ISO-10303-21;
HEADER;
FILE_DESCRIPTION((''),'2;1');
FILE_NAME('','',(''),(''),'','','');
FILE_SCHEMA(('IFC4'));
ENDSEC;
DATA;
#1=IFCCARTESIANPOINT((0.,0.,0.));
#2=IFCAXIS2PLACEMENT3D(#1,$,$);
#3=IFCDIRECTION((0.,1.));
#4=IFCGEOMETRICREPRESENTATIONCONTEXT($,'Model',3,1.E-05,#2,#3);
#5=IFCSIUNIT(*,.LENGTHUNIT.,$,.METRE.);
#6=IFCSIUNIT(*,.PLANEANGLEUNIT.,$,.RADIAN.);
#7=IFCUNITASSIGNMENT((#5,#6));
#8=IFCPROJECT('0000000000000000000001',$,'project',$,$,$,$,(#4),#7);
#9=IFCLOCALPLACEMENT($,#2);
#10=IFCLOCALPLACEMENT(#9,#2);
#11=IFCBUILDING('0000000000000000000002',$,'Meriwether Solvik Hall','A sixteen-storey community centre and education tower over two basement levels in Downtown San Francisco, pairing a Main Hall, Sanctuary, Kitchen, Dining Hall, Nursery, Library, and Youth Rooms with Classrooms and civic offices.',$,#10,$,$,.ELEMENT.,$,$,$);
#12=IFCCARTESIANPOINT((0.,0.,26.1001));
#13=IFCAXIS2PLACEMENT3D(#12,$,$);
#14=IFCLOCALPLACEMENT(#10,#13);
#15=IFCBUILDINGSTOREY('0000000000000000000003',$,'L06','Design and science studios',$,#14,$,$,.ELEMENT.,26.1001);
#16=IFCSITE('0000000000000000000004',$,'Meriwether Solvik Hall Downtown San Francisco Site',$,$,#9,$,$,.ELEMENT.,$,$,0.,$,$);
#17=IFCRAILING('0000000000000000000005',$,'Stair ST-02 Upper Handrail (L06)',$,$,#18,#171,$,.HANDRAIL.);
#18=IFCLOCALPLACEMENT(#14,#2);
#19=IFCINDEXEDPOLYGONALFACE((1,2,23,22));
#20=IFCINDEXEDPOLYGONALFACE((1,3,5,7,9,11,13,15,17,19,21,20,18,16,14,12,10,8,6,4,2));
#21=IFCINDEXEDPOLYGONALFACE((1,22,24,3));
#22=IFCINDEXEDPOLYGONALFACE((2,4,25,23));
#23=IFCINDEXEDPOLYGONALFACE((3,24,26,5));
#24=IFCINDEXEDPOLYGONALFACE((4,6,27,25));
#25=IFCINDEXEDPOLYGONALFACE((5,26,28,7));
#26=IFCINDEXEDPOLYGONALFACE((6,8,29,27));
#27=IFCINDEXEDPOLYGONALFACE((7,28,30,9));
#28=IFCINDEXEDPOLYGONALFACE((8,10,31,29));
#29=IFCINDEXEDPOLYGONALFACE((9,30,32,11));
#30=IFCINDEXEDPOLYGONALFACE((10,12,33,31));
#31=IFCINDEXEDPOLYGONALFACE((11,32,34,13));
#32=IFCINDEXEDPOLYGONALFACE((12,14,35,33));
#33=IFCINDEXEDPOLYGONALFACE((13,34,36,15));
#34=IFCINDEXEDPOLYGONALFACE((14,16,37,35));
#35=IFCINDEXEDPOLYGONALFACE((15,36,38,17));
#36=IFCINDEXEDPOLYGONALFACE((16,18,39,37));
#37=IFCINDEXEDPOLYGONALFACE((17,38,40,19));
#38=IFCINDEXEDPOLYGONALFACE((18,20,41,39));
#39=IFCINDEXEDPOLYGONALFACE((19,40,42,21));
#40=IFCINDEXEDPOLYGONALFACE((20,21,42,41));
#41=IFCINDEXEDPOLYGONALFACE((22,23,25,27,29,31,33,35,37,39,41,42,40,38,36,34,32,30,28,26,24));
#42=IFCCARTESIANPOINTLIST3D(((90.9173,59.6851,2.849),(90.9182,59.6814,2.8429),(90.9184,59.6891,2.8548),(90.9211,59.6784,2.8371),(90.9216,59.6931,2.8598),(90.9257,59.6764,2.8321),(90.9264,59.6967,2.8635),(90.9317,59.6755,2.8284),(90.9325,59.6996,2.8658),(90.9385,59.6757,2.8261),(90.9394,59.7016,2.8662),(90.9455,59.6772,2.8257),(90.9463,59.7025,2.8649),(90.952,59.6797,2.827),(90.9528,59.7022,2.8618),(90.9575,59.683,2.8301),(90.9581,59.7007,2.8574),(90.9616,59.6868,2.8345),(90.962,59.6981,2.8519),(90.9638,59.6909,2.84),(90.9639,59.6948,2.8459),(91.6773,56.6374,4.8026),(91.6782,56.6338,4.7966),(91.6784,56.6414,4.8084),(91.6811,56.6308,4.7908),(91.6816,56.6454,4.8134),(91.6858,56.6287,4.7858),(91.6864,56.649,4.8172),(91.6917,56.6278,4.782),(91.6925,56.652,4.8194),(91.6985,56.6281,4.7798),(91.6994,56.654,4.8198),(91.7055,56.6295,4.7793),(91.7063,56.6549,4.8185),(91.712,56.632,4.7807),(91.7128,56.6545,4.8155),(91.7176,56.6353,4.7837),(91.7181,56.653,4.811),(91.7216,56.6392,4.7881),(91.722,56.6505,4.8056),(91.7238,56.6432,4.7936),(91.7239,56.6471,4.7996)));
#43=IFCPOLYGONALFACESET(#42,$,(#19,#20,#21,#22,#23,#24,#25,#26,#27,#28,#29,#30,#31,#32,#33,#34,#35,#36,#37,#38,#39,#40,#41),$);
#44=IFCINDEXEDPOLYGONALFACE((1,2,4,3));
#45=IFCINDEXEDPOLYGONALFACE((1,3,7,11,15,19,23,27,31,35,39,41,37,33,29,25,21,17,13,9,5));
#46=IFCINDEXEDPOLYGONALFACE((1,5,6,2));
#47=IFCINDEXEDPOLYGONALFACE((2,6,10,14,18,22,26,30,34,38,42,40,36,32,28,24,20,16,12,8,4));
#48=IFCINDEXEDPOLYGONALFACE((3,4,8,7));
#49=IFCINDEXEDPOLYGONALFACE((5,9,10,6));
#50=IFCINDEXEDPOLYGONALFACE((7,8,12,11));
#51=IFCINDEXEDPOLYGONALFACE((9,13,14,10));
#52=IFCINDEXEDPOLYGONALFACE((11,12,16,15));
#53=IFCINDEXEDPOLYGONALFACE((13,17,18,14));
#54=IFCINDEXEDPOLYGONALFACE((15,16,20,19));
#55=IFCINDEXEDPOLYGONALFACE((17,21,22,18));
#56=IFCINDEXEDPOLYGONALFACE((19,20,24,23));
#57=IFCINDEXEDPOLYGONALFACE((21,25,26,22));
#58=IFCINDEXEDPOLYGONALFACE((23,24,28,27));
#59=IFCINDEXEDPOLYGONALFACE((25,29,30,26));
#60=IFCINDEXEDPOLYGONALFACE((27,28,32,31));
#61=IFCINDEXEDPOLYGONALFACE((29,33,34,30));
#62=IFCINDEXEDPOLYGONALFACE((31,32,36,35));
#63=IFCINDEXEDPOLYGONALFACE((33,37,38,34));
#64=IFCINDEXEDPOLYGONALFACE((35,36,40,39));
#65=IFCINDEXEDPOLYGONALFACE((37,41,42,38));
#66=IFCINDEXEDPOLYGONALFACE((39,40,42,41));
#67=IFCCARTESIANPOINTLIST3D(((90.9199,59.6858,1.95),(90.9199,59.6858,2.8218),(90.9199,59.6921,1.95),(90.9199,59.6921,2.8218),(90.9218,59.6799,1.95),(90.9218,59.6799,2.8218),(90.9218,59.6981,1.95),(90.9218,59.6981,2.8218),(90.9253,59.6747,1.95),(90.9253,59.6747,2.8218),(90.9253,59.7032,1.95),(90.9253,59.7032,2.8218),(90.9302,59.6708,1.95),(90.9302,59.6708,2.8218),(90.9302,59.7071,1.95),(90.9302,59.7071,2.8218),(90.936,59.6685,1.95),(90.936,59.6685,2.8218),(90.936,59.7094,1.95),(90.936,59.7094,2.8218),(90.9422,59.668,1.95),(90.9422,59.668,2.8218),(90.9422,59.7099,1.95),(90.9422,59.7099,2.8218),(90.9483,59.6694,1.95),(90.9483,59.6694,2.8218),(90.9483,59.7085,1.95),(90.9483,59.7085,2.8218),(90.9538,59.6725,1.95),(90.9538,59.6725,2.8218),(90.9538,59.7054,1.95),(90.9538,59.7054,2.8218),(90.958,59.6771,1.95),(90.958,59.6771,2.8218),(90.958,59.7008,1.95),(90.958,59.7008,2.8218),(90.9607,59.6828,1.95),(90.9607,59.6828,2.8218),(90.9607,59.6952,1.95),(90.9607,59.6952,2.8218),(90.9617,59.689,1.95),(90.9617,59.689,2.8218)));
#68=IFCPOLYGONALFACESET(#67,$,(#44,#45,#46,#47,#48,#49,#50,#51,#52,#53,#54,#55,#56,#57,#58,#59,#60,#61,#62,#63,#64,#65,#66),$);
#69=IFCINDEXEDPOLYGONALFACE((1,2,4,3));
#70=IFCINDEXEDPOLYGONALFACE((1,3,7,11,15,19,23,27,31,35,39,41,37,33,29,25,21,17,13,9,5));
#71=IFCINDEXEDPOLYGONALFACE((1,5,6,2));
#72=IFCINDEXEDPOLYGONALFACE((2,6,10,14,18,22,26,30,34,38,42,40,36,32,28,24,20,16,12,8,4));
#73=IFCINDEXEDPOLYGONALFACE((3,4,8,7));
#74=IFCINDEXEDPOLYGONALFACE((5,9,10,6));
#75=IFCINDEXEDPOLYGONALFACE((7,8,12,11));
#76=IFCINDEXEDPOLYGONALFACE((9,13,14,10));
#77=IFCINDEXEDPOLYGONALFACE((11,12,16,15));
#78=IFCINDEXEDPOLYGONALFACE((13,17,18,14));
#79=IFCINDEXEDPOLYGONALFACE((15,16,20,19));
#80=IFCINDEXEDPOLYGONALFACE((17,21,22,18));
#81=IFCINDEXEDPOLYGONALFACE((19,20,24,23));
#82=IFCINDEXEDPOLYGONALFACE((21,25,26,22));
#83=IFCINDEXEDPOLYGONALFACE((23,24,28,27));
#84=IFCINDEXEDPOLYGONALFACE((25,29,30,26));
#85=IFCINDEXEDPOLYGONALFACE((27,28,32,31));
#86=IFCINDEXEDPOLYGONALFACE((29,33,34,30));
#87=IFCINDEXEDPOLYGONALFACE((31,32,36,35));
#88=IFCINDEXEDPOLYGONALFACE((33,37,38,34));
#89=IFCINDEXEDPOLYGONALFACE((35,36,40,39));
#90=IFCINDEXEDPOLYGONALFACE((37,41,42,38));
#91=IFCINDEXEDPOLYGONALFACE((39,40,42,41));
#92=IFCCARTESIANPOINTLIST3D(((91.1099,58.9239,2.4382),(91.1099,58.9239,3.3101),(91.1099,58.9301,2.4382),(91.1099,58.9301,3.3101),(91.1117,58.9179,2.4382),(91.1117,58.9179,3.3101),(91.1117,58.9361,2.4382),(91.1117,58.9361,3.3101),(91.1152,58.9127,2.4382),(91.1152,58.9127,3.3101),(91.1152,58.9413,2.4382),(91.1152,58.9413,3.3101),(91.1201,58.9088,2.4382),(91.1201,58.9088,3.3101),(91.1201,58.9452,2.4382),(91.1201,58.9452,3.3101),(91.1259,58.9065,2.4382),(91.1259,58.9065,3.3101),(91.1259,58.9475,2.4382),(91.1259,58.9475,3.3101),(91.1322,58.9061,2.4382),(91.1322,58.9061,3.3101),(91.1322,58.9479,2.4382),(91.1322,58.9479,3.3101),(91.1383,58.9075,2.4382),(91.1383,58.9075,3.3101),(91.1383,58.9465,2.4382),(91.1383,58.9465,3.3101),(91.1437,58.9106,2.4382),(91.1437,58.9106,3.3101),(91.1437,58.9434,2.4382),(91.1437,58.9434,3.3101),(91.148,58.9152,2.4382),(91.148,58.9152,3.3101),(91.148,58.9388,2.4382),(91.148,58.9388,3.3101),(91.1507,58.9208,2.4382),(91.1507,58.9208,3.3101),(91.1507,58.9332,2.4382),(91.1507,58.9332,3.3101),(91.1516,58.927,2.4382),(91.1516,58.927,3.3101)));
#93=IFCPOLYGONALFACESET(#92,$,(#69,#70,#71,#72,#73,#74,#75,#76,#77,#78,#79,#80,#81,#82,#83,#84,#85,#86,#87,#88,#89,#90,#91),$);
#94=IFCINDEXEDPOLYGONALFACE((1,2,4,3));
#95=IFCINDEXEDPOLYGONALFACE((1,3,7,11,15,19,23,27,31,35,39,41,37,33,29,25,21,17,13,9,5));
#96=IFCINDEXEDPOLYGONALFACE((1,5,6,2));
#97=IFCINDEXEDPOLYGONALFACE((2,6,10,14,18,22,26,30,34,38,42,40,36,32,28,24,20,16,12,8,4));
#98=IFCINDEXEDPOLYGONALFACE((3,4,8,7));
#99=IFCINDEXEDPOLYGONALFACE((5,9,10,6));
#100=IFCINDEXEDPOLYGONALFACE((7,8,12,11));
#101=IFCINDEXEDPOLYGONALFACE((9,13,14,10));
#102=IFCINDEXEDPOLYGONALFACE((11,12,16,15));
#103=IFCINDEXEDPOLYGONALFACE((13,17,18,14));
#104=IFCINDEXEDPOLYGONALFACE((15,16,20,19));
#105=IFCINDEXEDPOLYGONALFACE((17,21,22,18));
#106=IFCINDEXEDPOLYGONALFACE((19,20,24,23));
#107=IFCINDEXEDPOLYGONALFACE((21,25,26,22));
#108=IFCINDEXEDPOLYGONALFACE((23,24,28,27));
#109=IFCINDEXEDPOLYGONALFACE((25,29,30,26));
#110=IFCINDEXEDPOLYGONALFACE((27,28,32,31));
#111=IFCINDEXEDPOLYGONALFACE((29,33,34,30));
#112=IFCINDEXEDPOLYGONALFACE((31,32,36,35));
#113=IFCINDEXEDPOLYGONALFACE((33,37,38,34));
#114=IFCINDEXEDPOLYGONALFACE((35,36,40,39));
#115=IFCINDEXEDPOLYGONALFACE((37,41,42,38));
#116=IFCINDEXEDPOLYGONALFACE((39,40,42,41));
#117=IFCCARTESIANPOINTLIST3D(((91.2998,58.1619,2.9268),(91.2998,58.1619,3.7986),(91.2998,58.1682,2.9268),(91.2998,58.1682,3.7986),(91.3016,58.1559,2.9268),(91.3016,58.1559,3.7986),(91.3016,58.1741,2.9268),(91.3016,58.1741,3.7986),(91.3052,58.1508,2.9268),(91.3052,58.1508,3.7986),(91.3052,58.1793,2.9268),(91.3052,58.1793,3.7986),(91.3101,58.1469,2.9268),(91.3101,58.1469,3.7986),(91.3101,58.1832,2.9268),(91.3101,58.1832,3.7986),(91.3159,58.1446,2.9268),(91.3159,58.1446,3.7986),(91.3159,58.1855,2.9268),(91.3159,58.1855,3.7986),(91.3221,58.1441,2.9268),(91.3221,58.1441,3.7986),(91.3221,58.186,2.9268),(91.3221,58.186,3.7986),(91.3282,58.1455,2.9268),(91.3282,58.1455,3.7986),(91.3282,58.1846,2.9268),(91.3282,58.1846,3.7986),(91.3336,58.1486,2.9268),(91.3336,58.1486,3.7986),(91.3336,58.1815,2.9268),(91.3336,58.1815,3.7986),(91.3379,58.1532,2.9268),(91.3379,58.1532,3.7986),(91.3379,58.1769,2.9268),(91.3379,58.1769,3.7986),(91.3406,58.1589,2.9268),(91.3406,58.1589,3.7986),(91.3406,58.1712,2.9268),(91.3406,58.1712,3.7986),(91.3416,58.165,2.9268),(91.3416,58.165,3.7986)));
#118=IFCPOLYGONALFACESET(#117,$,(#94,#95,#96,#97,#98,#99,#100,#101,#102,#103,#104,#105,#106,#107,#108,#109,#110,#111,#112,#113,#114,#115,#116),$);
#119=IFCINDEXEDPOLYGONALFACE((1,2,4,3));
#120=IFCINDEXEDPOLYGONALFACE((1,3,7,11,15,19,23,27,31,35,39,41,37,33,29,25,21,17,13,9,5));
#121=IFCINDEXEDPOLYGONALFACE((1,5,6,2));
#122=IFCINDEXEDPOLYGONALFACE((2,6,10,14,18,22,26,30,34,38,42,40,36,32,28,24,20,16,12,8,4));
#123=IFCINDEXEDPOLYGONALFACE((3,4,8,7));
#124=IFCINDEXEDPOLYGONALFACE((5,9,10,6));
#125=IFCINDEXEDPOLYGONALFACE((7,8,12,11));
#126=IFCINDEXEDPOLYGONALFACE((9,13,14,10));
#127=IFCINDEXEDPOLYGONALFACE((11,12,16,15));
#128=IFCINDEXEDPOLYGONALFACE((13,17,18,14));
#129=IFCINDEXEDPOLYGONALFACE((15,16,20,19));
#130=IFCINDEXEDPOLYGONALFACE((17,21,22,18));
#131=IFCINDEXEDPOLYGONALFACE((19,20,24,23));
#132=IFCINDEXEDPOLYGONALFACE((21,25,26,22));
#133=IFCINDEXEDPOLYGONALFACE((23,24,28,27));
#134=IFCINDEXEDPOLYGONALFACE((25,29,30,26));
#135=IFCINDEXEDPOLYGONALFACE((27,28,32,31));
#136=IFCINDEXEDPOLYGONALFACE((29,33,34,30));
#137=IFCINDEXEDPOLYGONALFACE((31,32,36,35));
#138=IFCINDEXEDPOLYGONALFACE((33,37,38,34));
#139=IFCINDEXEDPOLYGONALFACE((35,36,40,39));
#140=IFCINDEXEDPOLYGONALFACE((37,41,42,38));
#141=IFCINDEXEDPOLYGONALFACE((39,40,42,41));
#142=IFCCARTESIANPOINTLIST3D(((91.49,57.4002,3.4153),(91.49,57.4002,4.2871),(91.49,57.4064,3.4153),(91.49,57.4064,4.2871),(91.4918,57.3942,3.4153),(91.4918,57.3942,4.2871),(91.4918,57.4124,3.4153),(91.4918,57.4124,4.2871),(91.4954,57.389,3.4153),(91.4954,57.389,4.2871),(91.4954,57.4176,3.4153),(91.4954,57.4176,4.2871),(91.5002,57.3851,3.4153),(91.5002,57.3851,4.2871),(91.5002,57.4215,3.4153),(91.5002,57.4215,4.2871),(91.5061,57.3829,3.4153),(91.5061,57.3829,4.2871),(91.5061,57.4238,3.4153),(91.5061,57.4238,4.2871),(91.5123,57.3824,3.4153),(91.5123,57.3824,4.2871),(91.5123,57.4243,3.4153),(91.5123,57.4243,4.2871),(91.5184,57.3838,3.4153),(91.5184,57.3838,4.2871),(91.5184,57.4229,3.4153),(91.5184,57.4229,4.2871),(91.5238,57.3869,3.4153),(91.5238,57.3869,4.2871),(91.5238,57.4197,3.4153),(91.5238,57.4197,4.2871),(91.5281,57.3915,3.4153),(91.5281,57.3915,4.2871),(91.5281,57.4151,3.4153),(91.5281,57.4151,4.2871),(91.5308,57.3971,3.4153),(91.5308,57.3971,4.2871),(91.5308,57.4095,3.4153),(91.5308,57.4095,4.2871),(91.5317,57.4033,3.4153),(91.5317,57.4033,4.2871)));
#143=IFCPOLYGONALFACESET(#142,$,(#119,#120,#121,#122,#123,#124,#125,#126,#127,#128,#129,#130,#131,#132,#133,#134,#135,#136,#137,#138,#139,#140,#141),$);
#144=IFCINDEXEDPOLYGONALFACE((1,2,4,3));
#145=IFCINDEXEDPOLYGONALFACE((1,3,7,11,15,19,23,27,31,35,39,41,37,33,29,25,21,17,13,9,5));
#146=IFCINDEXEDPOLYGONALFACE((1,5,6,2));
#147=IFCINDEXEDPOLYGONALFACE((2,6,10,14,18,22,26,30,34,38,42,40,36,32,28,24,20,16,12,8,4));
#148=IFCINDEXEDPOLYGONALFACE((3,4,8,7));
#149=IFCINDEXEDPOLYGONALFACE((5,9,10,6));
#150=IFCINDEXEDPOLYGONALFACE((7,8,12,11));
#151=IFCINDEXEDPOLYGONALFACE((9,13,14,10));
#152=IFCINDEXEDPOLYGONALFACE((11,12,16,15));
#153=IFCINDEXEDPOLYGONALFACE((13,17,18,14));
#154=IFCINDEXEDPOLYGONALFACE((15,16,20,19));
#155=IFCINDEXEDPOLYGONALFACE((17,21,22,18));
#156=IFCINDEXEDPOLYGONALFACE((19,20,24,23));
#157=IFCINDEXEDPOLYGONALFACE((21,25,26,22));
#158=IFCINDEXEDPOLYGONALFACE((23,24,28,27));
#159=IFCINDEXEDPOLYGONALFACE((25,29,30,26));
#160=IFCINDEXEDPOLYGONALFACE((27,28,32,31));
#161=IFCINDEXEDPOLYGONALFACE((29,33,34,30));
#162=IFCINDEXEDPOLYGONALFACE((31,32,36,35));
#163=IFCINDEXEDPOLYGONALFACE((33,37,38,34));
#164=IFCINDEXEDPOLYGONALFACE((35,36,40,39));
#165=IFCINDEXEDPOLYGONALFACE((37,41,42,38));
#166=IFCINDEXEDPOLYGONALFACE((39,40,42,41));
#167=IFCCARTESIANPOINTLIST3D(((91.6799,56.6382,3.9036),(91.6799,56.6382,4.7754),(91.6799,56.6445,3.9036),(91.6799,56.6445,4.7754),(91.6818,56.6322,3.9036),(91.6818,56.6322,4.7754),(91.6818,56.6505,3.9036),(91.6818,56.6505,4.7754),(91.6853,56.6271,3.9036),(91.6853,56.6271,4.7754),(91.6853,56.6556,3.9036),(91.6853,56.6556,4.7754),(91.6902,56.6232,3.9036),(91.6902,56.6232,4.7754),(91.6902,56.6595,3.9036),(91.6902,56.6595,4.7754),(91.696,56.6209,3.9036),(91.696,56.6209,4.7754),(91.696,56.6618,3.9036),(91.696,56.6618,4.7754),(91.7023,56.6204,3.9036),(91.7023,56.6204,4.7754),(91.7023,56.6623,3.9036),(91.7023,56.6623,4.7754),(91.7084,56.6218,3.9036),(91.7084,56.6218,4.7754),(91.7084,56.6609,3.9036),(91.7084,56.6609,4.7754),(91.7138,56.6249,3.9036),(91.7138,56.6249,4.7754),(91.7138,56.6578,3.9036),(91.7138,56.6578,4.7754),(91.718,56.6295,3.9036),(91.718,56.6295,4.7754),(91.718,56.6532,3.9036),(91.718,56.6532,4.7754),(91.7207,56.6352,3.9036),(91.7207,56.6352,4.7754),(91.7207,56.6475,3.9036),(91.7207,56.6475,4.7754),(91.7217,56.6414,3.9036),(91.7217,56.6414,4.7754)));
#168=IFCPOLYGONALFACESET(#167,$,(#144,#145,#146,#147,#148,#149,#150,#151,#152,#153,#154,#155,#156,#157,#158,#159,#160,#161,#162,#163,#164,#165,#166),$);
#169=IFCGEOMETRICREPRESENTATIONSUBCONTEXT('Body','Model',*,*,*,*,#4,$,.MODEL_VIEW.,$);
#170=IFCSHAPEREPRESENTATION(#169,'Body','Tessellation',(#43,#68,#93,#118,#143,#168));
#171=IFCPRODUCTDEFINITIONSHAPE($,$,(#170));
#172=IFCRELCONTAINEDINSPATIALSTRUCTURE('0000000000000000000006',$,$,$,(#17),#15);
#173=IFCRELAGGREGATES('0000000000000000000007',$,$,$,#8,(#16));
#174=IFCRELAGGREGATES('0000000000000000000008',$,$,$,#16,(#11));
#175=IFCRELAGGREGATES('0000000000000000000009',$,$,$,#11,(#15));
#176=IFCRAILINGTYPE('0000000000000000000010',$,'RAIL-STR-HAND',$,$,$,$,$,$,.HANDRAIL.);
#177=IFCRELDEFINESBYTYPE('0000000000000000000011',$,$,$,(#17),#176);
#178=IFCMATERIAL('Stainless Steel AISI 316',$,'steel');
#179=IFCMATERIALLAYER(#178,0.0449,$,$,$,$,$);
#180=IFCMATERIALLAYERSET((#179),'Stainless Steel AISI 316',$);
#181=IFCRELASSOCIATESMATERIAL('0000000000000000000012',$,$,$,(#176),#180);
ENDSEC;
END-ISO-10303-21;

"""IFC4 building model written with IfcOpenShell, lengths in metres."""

from ifc_helpers import new_model, si_unit, direction, frame, origin, origin_2d, place, context, subcontext, project, spatial, circle, extrude, material, layer, layer_set, type_object, element, save


model = new_model("IFC4")

# Units and contexts
model_context = context("Model", 3, precision=1e-05, world=origin(), true_north=direction((0.0, 1.0)))
body_context = subcontext(model_context, "Body", "Model", "MODEL_VIEW")
ifc_project = project(units=[si_unit("LENGTHUNIT", "METRE"), si_unit("PLANEANGLEUNIT", "RADIAN")], contexts=[model_context])

# Site, building, storey
site_placement = place(None, origin())
site = spatial("IfcSite", under=ifc_project, at=site_placement, Name="Meriwether Solvik Hall Downtown San Francisco Site", CompositionType="ELEMENT", RefElevation=0.0)
building_placement = place(site_placement, origin())
building = spatial("IfcBuilding", under=site, at=building_placement, Name="Meriwether Solvik Hall", Description="A sixteen-storey community centre and education tower over two basement levels in Downtown San Francisco, pairing a Main Hall, Sanctuary, Kitchen, Dining Hall, Nursery, Library, and Youth Rooms with Classrooms and civic offices.", CompositionType="ELEMENT")
storey_placement = place(building_placement, frame((0.0, 0.0, 26.1001)))
storey = spatial("IfcBuildingStorey", under=building, at=storey_placement, Name="L06", Description="Design and science studios", CompositionType="ELEMENT", Elevation=26.1001)

# Railing
ifc_material_1 = material(Name="Stainless Steel AISI 316", Category="steel")
ifc_layer_1 = layer(ifc_material_1, 0.0449)
ifc_layer_set_1 = layer_set([ifc_layer_1], Name="Stainless Steel AISI 316")
railing_type_1 = type_object("IfcRailingType", Name="RAIL-STR-HAND", PredefinedType="HANDRAIL", material=ifc_layer_set_1)
railing_1_placement = place(storey_placement, frame((90.9407, 59.689, 1.95)))
element("IfcRailing", 1, at=railing_1_placement, inside=storey, type_object=railing_type_1, Name="Stair ST-02 Upper Handrail (L06)", PredefinedType="HANDRAIL", context=body_context, shape_type="SweptSolid", body=[
    extrude(circle(Radius=0.0239, at=origin_2d()), frame((0.0, 0.0, 0.896), z_axis=(0.205467, -0.823915, 0.528155), x_axis=(0.970284, 0.241969, 0.0)), (0.0, 0.0, 1.0), 3.699),
    extrude(circle(Radius=0.021, at=origin_2d()), origin(), (0.0, 0.0, 1.0), 0.8718),
    extrude(circle(Radius=0.021, at=origin_2d()), frame((0.1899, -0.762, 0.4883)), (0.0, 0.0, 1.0), 0.8718),
    extrude(circle(Radius=0.021, at=origin_2d()), frame((0.3799, -1.5239, 0.9768)), (0.0, 0.0, 1.0), 0.8718),
    extrude(circle(Radius=0.021, at=origin_2d()), frame((0.5701, -2.2856, 1.4653)), (0.0, 0.0, 1.0), 0.8718),
    extrude(circle(Radius=0.021, at=origin_2d()), frame((0.76, -3.0476, 1.9536)), (0.0, 0.0, 1.0), 0.8718),
])

save(model, "model.ifc")
